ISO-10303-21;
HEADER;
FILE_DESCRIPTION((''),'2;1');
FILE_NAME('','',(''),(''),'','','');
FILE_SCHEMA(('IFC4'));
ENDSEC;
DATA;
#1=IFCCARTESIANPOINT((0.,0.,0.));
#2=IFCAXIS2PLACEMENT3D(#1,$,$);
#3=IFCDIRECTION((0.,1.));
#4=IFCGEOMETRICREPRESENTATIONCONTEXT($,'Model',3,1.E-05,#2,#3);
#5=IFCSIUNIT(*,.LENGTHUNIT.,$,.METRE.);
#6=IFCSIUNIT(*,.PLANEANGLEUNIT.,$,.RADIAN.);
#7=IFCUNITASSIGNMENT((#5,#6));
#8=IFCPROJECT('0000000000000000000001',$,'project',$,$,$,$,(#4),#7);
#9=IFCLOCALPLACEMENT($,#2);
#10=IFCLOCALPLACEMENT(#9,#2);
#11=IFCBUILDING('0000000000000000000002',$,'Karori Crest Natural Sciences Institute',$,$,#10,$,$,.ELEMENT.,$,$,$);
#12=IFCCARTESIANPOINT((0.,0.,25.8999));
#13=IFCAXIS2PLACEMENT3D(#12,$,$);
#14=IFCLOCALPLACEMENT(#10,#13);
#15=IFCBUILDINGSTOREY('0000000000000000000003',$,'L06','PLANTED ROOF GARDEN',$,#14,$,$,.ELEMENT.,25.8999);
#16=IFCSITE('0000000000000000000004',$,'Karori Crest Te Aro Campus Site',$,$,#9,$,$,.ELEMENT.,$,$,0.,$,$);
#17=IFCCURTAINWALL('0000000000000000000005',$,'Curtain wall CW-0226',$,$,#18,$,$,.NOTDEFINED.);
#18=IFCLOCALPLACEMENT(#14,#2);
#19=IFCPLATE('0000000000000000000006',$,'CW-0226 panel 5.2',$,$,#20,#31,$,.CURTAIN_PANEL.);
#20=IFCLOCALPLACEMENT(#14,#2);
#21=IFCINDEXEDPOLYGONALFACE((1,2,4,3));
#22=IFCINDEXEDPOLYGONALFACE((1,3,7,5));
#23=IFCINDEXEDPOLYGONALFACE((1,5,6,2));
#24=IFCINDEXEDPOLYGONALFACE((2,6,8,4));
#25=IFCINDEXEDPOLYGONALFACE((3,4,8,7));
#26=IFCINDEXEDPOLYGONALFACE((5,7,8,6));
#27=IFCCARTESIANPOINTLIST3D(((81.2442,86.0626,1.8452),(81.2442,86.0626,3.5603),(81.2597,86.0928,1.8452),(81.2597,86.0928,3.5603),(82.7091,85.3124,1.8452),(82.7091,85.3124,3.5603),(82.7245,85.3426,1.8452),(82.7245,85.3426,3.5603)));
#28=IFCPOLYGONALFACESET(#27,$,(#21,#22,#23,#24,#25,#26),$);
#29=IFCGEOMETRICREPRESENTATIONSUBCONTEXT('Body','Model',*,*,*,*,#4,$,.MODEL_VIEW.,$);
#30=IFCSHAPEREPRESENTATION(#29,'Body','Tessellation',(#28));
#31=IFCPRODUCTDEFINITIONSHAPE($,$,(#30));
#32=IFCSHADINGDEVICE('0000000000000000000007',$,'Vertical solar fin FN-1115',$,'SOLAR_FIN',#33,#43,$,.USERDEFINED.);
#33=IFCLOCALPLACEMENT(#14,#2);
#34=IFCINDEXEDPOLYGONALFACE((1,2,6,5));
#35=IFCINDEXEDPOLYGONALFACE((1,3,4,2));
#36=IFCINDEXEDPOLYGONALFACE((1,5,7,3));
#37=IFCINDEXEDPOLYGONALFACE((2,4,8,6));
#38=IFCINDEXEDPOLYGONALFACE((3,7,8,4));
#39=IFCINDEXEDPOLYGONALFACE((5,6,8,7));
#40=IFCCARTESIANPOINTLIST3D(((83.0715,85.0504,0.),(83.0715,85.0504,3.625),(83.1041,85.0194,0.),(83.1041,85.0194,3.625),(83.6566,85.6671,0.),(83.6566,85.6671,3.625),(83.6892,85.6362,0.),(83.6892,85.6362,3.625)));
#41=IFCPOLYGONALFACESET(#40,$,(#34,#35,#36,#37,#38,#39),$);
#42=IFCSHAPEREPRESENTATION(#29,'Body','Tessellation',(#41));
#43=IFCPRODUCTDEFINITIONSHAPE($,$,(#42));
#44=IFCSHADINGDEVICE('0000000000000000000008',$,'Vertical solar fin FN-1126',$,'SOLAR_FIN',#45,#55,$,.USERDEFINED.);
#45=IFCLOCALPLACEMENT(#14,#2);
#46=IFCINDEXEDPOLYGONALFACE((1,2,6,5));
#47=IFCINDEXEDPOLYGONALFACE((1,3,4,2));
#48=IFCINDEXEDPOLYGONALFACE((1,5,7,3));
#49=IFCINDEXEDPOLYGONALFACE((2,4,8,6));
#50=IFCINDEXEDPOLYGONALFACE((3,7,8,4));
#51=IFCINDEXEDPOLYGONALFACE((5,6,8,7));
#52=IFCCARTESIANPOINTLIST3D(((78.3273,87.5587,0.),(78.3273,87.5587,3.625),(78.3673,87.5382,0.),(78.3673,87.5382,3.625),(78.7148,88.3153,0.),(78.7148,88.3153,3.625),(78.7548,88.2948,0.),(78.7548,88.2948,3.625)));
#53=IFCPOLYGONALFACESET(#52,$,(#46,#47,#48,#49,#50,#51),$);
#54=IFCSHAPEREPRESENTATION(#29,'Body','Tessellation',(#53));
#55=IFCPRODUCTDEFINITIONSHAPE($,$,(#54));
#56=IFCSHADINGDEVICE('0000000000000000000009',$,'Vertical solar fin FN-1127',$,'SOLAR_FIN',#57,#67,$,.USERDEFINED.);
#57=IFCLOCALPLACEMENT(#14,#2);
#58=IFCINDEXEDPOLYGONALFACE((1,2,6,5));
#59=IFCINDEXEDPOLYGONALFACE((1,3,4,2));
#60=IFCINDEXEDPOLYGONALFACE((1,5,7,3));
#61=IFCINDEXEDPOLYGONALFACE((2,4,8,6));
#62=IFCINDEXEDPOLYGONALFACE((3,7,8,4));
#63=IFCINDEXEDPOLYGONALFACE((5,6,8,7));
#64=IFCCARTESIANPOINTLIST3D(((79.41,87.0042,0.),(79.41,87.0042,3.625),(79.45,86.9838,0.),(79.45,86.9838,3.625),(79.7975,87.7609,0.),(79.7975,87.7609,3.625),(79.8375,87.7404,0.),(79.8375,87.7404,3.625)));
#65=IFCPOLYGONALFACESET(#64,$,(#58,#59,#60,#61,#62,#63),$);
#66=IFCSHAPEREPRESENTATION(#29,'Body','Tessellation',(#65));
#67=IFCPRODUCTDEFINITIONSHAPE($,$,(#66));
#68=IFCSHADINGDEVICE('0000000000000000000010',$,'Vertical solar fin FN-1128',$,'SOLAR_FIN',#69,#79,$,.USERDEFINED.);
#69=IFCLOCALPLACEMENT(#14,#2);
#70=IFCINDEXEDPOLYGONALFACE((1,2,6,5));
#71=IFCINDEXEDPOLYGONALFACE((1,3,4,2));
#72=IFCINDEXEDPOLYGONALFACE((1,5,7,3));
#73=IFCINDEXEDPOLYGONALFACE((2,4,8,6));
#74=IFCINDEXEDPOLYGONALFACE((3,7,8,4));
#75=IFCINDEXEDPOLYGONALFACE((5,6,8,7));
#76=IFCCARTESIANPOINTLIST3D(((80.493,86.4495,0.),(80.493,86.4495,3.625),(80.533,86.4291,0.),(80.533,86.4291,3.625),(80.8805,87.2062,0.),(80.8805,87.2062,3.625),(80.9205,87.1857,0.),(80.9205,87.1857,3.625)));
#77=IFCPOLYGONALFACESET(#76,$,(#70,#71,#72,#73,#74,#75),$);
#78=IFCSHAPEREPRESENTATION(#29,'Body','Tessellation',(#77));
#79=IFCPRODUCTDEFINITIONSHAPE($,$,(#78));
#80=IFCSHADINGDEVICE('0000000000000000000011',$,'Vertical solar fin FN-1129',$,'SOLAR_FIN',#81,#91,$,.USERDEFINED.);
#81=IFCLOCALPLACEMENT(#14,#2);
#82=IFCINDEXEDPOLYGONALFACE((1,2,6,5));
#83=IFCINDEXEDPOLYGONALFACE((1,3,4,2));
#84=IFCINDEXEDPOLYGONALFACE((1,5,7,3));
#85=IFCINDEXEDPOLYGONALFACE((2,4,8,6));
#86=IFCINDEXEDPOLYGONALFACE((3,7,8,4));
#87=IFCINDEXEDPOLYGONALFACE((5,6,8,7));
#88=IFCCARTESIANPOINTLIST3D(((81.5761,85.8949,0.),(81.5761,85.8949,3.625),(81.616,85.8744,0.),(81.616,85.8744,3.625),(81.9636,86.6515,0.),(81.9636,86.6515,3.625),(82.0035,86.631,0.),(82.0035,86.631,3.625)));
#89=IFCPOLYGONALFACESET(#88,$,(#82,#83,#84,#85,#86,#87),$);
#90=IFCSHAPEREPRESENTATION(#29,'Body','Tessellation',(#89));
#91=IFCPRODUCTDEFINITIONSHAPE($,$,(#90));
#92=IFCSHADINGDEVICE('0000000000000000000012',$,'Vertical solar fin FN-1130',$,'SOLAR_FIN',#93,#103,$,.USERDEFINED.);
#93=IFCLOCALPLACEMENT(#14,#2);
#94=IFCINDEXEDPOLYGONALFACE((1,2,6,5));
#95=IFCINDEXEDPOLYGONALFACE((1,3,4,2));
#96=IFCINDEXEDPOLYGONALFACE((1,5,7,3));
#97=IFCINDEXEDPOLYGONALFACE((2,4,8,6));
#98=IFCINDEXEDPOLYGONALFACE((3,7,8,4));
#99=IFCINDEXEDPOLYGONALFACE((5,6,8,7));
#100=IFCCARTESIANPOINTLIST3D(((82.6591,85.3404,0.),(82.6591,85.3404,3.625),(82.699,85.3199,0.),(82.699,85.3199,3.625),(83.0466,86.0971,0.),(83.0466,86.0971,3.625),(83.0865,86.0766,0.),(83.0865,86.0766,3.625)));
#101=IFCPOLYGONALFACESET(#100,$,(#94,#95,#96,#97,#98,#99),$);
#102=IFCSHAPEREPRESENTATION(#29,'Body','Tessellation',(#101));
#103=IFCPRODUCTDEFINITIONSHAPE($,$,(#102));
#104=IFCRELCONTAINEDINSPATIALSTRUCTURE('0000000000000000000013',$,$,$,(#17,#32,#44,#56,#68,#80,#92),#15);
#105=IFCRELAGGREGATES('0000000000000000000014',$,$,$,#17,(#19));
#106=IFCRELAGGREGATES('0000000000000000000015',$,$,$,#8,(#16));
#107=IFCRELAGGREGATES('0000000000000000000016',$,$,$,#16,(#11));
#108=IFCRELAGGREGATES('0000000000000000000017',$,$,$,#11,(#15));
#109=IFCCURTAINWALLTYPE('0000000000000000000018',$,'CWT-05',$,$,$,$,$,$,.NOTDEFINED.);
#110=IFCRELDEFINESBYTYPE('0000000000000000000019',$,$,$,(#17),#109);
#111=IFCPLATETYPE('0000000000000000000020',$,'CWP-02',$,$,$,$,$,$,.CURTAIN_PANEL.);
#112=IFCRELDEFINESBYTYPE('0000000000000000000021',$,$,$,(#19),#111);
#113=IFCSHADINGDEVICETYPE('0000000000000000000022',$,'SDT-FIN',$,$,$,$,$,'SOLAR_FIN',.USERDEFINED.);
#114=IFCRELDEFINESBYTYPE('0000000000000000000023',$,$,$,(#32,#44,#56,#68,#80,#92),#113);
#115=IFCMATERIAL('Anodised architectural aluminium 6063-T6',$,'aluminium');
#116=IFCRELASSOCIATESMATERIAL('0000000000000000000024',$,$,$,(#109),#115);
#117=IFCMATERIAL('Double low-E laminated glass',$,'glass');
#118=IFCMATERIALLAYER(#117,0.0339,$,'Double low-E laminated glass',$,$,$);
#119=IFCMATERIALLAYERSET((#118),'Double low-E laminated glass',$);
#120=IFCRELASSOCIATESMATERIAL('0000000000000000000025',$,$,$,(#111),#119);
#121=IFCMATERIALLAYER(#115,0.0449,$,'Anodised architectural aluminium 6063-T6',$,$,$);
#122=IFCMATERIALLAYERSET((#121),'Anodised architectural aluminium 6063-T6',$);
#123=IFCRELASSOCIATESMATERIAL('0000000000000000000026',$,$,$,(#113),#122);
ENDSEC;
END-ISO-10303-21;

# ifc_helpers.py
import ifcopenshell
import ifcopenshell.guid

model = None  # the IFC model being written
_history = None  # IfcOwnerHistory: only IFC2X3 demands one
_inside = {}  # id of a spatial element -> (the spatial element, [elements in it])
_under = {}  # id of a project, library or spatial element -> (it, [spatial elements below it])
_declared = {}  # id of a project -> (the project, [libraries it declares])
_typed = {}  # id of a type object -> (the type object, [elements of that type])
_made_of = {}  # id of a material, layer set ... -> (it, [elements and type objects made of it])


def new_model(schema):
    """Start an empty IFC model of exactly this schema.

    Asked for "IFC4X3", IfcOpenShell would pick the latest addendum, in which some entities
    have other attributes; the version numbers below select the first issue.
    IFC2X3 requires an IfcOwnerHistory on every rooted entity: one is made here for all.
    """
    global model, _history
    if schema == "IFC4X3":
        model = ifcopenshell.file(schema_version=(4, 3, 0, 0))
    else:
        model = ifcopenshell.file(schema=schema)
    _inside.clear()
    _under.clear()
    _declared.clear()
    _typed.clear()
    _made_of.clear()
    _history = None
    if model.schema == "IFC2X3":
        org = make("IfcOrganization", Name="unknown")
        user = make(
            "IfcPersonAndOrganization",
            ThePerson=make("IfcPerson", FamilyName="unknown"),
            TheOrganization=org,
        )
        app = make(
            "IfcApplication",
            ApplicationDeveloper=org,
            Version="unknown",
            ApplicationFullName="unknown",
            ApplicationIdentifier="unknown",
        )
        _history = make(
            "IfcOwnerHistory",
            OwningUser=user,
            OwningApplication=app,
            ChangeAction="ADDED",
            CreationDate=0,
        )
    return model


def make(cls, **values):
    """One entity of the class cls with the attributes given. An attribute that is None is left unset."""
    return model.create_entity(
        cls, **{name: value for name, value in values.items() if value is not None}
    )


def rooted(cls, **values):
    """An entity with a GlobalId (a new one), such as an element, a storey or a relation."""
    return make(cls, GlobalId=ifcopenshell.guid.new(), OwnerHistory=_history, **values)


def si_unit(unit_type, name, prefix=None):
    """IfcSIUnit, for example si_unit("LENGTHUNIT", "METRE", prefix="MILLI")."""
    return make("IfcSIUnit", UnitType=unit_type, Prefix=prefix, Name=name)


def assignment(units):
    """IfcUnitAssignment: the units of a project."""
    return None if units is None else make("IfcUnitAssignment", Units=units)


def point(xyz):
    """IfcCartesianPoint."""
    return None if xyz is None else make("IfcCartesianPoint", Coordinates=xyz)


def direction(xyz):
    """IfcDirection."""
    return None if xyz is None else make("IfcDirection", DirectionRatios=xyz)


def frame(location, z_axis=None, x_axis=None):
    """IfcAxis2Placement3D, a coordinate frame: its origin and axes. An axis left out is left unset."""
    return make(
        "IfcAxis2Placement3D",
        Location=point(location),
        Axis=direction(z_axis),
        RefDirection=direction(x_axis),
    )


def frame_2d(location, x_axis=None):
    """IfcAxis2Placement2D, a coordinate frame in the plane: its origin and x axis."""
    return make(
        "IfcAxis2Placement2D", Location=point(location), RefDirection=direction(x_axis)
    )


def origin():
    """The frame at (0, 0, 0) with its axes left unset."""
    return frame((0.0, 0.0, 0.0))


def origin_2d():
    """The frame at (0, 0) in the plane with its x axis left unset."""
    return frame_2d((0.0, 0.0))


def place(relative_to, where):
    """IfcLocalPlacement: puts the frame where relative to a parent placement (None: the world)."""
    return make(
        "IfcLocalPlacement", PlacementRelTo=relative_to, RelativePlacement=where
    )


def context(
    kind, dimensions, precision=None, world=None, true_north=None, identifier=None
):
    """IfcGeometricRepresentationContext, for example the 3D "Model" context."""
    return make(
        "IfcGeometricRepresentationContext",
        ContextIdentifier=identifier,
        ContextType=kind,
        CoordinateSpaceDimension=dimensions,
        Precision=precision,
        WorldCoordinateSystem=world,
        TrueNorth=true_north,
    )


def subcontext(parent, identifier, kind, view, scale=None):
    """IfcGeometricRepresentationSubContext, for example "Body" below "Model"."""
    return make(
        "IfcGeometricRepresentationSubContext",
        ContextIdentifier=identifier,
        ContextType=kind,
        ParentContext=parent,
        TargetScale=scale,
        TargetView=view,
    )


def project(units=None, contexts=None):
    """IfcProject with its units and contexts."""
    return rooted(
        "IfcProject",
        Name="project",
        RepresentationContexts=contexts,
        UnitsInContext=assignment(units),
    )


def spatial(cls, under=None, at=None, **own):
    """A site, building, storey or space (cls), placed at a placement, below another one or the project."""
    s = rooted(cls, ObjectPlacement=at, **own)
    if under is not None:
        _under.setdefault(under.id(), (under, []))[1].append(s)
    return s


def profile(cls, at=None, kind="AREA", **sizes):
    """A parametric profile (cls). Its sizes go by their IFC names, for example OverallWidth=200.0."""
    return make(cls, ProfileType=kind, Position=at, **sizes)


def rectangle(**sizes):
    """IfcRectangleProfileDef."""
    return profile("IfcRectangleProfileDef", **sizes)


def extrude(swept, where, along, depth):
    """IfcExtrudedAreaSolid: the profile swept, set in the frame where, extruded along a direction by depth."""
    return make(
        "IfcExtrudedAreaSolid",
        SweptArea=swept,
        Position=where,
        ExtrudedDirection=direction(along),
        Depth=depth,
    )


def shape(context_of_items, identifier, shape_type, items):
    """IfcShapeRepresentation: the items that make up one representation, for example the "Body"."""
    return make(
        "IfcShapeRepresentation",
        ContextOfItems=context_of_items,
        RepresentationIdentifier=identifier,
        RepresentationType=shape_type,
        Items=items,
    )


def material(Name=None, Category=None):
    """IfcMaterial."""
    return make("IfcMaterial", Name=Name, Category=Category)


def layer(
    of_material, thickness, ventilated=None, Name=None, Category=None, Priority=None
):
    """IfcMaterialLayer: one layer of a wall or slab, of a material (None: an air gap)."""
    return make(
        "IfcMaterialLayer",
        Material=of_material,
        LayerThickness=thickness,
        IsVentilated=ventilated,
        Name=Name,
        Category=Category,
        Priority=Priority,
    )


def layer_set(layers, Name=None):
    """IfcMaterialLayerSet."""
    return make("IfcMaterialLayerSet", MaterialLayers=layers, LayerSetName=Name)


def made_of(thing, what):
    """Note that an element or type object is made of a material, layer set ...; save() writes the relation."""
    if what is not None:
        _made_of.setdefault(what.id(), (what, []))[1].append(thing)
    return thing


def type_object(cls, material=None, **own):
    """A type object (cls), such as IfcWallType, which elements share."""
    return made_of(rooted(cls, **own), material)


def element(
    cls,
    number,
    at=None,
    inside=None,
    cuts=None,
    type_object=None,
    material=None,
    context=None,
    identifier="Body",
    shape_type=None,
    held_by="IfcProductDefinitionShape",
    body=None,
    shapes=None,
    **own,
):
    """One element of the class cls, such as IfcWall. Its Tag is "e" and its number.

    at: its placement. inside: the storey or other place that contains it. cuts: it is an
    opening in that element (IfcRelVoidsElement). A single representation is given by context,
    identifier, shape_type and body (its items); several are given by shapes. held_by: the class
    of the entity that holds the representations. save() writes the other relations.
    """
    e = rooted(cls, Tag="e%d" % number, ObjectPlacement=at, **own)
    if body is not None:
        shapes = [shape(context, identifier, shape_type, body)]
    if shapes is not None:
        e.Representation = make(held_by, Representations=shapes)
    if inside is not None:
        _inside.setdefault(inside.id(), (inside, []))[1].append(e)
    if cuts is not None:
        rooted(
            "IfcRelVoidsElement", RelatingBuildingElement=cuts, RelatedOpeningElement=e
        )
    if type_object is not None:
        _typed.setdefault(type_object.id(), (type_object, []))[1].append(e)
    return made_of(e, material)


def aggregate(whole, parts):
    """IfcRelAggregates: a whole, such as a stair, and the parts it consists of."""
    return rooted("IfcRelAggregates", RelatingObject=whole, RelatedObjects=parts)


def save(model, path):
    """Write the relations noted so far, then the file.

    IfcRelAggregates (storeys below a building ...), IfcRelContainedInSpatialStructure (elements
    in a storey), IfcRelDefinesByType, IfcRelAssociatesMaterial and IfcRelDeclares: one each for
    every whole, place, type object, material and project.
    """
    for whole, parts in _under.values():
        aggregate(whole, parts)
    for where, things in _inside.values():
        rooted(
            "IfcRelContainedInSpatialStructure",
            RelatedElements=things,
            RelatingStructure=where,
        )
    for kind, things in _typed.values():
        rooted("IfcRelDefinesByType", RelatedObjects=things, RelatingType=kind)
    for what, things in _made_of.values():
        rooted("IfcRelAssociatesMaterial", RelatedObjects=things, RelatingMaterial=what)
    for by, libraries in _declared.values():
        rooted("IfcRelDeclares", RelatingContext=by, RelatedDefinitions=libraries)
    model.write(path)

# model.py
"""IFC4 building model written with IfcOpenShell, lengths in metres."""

from ifc_helpers import new_model, si_unit, direction, frame, origin, origin_2d, place, context, subcontext, project, spatial, rectangle, extrude, material, layer, layer_set, type_object, element, aggregate, save


model = new_model("IFC4")

# Units and contexts
model_context = context("Model", 3, precision=1e-05, world=origin(), true_north=direction((0.0, 1.0)))
body_context = subcontext(model_context, "Body", "Model", "MODEL_VIEW")
ifc_project = project(units=[si_unit("LENGTHUNIT", "METRE"), si_unit("PLANEANGLEUNIT", "RADIAN")], contexts=[model_context])

# Site, building, storey
site_placement = place(None, origin())
site = spatial("IfcSite", under=ifc_project, at=site_placement, Name="Karori Crest Te Aro Campus Site", CompositionType="ELEMENT", RefElevation=0.0)
building_placement = place(site_placement, origin())
building = spatial("IfcBuilding", under=site, at=building_placement, Name="Karori Crest Natural Sciences Institute", CompositionType="ELEMENT")
storey_placement = place(building_placement, frame((0.0, 0.0, 25.8999)))
storey = spatial("IfcBuildingStorey", under=building, at=storey_placement, Name="L06", Description="PLANTED ROOF GARDEN", CompositionType="ELEMENT", Elevation=25.8999)

# Shared definitions
ifc_material_1 = material(Name="Anodised architectural aluminium 6063-T6", Category="aluminium")

# Curtain wall
curtain_wall_type_1 = type_object("IfcCurtainWallType", Name="CWT-05", PredefinedType="NOTDEFINED", material=ifc_material_1)
curtain_wall_1_placement = place(storey_placement, origin())
curtain_wall_1 = element("IfcCurtainWall", 1, at=curtain_wall_1_placement, inside=storey, type_object=curtain_wall_type_1, Name="Curtain wall CW-0226", PredefinedType="NOTDEFINED")

# Plate
ifc_material_2 = material(Name="Double low-E laminated glass", Category="glass")
ifc_layer_1 = layer(ifc_material_2, 0.0339, Name="Double low-E laminated glass")
ifc_layer_set_1 = layer_set([ifc_layer_1], Name="Double low-E laminated glass")
plate_type = type_object("IfcPlateType", Name="CWP-02", PredefinedType="CURTAIN_PANEL", material=ifc_layer_set_1)
plate_1_placement = place(storey_placement, frame((81.9844, 85.7026, 1.8452), z_axis=(0.0, 0.0, 1.0), x_axis=(0.890067, -0.455829, 0.0)))
plate_1 = element("IfcPlate", 2, at=plate_1_placement, type_object=plate_type, Name="CW-0226 panel 5.2", PredefinedType="CURTAIN_PANEL", context=body_context, shape_type="SweptSolid", body=[
    extrude(rectangle(XDim=1.6458, YDim=0.0339, at=origin_2d()), origin(), (0.0, 0.0, 1.0), 1.7151),
])
aggregate(curtain_wall_1, [plate_1])

# Shading devices
ifc_layer_2 = layer(ifc_material_1, 0.0449, Name="Anodised architectural aluminium 6063-T6")
ifc_layer_set_2 = layer_set([ifc_layer_2], Name="Anodised architectural aluminium 6063-T6")
shading_device_type = type_object("IfcShadingDeviceType", Name="SDT-FIN", ElementType="SOLAR_FIN", PredefinedType="USERDEFINED", material=ifc_layer_set_2)
for number, where, z_axis, x_axis, name in (
    (3, (83.3804, 85.3433, 0.0), (0.0, 0.0, 1.0), (0.688252, 0.725472, 0.0), "Vertical solar fin FN-1115"),
    (4, (78.541, 87.9268, 0.0), (0.0, 0.0, 1.0), (0.455829, 0.890067, 0.0), "Vertical solar fin FN-1126"),
    (5, (79.6238, 87.3723, 0.0), (0.0, 0.0, 1.0), (0.455829, 0.890067, 0.0), "Vertical solar fin FN-1127"),
    (6, (80.7068, 86.8176, 0.0), (0.0, 0.0, 1.0), (0.455829, 0.890067, 0.0), "Vertical solar fin FN-1128"),
    (7, (81.7898, 86.2629, 0.0), (0.0, 0.0, 1.0), (0.455829, 0.890067, 0.0), "Vertical solar fin FN-1129"),
    (8, (82.8728, 85.7085, 0.0), (0.0, 0.0, 1.0), (0.455829, 0.890067, 0.0), "Vertical solar fin FN-1130"),
):
    element("IfcShadingDevice", number, at=place(storey_placement, frame(where, z_axis=z_axis, x_axis=x_axis)), inside=storey, type_object=shading_device_type, Name=name, ObjectType="SOLAR_FIN", PredefinedType="USERDEFINED", context=body_context, shape_type="SweptSolid", body=[
        extrude(rectangle(XDim=0.8501, YDim=0.0449, at=origin_2d()), origin(), (0.0, 0.0, 1.0), 3.625),
    ])

save(model, "model.ifc")
